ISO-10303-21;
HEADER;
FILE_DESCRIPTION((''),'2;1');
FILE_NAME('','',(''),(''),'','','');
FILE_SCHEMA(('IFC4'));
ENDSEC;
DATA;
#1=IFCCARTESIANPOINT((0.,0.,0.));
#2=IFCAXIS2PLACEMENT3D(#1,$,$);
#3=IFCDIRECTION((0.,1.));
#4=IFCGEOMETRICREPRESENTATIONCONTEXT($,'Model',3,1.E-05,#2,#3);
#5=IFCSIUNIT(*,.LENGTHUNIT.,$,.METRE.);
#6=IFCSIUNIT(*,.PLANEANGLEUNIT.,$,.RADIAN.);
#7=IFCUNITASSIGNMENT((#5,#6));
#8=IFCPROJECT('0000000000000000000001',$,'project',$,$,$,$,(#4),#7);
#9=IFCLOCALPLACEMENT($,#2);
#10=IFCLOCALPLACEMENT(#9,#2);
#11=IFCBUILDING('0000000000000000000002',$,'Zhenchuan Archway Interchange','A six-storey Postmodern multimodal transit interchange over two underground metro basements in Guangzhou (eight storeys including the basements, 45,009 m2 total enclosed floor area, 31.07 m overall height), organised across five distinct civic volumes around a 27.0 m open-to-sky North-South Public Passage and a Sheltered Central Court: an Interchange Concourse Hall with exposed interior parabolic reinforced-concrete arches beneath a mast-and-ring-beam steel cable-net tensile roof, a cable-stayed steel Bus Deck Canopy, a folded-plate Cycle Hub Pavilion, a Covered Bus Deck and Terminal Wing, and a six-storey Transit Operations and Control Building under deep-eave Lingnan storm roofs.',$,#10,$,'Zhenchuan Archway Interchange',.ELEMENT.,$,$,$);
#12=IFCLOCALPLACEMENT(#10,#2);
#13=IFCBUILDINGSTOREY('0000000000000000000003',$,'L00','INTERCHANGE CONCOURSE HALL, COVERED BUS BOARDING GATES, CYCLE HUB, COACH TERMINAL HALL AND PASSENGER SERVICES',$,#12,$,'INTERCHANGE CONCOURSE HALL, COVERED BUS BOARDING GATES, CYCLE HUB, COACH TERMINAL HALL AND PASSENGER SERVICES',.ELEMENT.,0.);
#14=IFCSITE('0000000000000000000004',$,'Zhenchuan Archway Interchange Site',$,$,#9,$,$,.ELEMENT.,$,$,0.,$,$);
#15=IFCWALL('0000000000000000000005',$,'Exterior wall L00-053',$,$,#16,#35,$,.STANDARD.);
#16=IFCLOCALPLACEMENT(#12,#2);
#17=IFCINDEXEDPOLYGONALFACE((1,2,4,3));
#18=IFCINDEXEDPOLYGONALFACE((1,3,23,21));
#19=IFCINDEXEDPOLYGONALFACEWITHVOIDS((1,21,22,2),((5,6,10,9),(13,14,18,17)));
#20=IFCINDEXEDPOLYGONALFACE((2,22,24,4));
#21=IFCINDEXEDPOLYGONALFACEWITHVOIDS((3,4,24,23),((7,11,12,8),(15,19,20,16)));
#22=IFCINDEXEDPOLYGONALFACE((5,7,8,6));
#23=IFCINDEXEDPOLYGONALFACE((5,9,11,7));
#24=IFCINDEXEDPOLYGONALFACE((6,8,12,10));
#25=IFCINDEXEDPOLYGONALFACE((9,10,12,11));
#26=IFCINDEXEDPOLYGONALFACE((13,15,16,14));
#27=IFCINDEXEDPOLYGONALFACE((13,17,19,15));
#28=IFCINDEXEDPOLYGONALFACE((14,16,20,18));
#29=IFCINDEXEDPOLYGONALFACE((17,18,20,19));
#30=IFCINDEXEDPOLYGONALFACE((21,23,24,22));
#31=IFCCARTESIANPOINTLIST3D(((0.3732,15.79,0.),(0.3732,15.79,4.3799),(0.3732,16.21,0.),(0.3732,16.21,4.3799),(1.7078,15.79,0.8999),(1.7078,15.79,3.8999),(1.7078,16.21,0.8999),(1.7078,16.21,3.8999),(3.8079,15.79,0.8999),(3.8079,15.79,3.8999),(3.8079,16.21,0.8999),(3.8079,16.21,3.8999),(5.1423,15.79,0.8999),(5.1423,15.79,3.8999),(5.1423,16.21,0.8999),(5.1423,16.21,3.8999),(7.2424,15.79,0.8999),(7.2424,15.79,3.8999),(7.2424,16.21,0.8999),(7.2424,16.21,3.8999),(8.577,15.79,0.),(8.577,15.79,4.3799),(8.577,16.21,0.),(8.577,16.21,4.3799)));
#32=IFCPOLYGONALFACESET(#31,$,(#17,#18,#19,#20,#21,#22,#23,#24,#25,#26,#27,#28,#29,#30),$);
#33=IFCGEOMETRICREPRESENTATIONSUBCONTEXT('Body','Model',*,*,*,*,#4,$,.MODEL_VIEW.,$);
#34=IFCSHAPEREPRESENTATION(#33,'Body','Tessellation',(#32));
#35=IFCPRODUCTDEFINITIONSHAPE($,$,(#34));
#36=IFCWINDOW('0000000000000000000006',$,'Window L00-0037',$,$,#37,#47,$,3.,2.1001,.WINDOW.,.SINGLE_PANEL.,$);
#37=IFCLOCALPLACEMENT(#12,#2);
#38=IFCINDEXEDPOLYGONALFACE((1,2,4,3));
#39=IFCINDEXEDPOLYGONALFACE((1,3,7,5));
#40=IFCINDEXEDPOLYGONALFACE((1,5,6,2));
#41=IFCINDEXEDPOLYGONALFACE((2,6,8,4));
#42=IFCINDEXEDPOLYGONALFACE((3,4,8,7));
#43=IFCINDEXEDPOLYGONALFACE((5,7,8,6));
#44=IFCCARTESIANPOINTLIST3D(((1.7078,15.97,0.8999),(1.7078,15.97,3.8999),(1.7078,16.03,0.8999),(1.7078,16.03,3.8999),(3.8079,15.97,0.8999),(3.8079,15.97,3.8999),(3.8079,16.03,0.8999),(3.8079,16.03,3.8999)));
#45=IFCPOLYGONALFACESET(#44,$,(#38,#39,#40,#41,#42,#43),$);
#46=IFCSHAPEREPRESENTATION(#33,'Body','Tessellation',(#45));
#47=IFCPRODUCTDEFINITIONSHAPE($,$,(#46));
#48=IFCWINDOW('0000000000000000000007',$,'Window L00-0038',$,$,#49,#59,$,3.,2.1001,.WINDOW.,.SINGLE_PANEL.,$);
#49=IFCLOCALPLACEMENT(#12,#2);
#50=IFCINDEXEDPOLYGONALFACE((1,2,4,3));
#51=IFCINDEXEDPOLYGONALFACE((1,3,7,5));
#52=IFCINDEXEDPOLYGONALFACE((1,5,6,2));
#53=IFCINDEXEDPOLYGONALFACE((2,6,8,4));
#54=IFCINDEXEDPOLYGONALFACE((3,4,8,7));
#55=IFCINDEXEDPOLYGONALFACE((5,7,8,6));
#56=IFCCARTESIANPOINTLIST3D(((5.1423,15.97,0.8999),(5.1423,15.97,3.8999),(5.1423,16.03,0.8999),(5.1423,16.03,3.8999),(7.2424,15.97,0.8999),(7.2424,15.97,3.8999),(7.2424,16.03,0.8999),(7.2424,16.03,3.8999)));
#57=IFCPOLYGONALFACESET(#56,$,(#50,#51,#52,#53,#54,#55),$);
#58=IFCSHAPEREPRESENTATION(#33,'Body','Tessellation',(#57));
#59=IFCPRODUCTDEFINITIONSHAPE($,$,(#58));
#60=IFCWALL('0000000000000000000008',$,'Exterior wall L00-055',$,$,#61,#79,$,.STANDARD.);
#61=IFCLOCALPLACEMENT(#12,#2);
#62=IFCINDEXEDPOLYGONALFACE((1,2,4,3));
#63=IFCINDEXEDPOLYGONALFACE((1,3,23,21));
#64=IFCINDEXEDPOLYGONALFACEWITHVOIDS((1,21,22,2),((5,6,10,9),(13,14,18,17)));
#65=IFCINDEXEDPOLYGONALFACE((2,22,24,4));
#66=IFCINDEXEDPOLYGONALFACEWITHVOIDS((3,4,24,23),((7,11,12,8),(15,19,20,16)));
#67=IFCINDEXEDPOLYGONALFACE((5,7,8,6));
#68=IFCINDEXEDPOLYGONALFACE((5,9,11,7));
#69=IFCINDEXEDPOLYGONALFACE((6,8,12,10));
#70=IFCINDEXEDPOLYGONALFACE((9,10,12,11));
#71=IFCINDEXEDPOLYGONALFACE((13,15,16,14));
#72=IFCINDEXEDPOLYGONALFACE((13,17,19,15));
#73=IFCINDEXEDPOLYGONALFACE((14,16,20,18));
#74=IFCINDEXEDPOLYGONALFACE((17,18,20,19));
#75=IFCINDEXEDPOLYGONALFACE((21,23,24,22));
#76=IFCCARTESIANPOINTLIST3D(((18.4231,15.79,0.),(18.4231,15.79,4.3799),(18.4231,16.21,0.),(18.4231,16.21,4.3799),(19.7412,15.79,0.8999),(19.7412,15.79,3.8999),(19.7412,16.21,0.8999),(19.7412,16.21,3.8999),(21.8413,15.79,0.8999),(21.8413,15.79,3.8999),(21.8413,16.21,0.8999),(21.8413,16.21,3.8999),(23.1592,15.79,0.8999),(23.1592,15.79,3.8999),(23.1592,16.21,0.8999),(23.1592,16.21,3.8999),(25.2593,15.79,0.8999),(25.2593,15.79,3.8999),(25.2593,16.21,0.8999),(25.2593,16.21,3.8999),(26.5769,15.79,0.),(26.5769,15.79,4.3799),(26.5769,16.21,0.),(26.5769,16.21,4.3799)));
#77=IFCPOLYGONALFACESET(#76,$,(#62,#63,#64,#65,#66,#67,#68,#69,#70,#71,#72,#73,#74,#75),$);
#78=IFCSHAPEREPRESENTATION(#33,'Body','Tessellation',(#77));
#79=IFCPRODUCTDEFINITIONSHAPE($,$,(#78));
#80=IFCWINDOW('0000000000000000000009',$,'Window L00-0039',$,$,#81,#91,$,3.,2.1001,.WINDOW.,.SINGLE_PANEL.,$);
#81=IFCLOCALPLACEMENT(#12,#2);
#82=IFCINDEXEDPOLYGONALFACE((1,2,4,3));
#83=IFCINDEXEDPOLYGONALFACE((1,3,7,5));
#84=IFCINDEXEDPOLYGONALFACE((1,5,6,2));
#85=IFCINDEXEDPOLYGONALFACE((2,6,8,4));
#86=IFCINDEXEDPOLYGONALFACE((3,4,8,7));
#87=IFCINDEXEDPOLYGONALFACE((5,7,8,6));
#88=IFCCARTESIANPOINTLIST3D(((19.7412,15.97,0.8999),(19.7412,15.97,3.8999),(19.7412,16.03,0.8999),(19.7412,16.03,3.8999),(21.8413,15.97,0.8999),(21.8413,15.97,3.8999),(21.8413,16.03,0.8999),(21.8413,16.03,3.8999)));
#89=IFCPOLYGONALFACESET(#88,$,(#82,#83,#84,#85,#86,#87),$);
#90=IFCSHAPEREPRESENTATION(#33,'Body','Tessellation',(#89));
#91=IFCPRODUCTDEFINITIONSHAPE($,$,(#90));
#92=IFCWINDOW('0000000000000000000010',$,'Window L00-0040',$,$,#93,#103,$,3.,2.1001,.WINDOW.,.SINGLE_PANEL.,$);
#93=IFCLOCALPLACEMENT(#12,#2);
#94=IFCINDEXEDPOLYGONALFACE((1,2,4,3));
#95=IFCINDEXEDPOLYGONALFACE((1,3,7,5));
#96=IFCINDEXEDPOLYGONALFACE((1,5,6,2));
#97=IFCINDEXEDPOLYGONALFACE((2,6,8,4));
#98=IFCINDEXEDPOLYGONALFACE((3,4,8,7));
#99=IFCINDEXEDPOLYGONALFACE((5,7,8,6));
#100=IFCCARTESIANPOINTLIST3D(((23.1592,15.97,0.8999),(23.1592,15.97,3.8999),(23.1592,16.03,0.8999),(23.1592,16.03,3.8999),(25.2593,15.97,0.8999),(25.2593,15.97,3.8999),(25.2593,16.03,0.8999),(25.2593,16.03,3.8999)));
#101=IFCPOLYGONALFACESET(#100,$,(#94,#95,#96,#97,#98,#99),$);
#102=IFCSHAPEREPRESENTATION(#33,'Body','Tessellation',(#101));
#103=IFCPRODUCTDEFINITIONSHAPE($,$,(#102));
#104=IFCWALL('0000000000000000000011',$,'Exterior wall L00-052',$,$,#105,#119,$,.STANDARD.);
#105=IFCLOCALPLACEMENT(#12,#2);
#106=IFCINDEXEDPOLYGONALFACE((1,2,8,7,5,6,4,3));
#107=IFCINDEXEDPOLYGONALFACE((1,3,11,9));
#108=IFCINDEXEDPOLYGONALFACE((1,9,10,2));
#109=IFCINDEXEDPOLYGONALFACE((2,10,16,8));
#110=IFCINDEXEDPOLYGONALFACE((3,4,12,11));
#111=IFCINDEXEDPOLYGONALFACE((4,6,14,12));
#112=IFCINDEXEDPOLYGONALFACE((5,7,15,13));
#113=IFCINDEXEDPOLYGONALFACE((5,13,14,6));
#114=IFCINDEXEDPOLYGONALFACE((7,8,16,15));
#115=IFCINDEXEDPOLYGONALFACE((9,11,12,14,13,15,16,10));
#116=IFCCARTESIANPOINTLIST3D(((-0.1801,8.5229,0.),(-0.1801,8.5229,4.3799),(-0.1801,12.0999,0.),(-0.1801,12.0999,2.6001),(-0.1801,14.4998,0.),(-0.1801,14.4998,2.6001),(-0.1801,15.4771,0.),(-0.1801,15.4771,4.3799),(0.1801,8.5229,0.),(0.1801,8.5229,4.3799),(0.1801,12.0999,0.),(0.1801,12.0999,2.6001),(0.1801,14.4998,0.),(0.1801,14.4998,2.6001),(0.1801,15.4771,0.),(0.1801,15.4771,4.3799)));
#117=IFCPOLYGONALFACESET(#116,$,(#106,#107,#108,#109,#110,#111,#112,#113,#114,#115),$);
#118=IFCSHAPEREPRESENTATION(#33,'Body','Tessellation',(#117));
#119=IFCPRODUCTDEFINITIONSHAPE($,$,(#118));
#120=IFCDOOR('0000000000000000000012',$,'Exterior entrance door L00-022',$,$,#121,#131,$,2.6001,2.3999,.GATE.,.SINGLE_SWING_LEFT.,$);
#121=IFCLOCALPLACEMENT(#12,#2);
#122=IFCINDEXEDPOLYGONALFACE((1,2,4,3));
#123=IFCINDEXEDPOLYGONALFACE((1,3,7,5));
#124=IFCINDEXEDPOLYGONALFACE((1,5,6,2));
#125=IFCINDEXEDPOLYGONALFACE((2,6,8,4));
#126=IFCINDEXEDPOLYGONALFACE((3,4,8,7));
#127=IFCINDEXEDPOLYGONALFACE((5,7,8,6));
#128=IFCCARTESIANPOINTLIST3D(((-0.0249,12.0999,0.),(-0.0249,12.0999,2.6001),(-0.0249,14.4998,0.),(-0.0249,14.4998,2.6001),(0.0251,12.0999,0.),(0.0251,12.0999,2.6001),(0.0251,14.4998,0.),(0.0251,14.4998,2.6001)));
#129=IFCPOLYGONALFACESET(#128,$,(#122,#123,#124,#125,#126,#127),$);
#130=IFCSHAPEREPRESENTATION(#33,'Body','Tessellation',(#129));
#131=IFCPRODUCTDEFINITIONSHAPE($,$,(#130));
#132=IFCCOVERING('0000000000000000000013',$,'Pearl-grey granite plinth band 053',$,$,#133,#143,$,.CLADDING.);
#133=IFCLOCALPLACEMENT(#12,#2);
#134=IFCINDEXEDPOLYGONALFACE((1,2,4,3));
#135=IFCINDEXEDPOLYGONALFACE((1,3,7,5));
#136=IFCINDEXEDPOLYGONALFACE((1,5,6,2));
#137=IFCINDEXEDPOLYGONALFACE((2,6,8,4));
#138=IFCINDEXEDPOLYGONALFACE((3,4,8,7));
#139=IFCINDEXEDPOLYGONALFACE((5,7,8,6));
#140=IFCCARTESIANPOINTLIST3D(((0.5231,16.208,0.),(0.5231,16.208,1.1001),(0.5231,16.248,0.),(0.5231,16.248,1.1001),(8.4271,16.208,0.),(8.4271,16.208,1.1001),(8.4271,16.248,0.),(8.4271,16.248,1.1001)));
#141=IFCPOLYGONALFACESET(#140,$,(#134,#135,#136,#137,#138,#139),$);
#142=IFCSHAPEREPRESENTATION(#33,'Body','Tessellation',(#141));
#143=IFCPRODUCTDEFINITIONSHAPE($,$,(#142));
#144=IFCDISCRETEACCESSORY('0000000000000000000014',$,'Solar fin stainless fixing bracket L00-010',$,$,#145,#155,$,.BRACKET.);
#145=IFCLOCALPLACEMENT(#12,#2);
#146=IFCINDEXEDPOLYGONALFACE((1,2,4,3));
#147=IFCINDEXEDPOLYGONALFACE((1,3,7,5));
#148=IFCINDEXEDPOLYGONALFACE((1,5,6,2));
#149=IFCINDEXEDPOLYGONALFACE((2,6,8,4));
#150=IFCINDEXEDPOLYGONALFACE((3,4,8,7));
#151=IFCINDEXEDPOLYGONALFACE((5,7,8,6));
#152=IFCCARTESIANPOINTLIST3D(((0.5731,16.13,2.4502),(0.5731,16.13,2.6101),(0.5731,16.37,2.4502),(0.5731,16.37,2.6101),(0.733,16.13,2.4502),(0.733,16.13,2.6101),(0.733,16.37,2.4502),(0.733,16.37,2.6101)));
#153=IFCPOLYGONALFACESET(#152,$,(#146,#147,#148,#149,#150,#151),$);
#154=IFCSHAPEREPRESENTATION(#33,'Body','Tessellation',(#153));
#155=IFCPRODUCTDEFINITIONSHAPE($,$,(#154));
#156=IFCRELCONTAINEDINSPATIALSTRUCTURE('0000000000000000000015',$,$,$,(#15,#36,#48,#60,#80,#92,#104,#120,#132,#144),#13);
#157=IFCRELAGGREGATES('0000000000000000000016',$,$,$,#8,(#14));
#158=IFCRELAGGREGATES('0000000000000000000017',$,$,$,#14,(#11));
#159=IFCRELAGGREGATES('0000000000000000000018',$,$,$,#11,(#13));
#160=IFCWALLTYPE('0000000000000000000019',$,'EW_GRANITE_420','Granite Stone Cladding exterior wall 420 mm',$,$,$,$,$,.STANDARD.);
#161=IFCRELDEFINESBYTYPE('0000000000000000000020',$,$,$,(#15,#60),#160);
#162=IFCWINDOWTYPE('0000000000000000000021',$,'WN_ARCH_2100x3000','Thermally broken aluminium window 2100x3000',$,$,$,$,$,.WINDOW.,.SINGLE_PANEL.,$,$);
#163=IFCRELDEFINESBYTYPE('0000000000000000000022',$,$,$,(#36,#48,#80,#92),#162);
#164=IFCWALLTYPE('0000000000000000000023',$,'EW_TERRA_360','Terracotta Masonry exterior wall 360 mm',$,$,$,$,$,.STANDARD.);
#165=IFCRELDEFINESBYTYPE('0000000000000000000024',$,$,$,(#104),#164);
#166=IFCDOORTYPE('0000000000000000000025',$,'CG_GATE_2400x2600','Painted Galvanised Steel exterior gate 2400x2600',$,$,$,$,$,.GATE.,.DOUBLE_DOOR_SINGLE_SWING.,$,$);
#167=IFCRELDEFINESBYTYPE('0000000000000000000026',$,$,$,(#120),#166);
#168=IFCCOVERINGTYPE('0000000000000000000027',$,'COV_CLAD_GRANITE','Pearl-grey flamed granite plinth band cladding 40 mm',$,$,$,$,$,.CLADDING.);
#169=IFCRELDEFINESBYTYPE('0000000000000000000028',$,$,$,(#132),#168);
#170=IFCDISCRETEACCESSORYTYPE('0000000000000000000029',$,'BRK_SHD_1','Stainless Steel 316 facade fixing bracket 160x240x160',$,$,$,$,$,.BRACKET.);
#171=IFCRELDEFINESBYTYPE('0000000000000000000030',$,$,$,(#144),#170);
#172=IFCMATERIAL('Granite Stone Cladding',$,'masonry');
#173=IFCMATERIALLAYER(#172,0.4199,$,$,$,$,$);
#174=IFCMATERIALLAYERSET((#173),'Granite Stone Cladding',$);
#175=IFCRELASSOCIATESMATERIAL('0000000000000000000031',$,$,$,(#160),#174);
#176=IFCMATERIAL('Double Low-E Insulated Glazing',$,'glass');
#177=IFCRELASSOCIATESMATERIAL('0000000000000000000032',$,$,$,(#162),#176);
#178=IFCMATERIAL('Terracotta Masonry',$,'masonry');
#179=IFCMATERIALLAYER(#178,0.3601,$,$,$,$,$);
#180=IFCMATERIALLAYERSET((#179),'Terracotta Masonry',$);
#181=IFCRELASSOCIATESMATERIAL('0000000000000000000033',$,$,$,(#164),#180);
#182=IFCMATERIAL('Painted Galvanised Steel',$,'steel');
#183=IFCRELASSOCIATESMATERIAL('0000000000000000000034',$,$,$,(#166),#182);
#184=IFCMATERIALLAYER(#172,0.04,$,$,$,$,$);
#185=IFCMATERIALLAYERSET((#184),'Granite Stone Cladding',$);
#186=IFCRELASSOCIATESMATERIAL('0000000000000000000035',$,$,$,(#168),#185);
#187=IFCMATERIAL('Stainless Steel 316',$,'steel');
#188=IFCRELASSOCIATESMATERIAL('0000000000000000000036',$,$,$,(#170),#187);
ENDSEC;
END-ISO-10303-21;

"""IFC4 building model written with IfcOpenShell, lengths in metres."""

from ifc_helpers import new_model, si_unit, direction, frame, frame_2d, origin, origin_2d, place, context, subcontext, project, spatial, rectangle, extrude, material, layer, layer_set, type_object, element, fill, save


model = new_model("IFC4")

# Units and contexts
model_context = context("Model", 3, precision=1e-05, world=origin(), true_north=direction((0.0, 1.0)))
body_context = subcontext(model_context, "Body", "Model", "MODEL_VIEW")
ifc_project = project(units=[si_unit("LENGTHUNIT", "METRE"), si_unit("PLANEANGLEUNIT", "RADIAN")], contexts=[model_context])

# Site, building, storey
site_placement = place(None, origin())
site = spatial("IfcSite", under=ifc_project, at=site_placement, Name="Zhenchuan Archway Interchange Site", CompositionType="ELEMENT", RefElevation=0.0)
building_placement = place(site_placement, origin())
building = spatial("IfcBuilding", under=site, at=building_placement, Name="Zhenchuan Archway Interchange", Description="A six-storey Postmodern multimodal transit interchange over two underground metro basements in Guangzhou (eight storeys including the basements, 45,009 m2 total enclosed floor area, 31.07 m overall height), organised across five distinct civic volumes around a 27.0 m open-to-sky North-South Public Passage and a Sheltered Central Court: an Interchange Concourse Hall with exposed interior parabolic reinforced-concrete arches beneath a mast-and-ring-beam steel cable-net tensile roof, a cable-stayed steel Bus Deck Canopy, a folded-plate Cycle Hub Pavilion, a Covered Bus Deck and Terminal Wing, and a six-storey Transit Operations and Control Building under deep-eave Lingnan storm roofs.", LongName="Zhenchuan Archway Interchange", CompositionType="ELEMENT")
storey_placement = place(building_placement, origin())
storey = spatial("IfcBuildingStorey", under=building, at=storey_placement, Name="L00", Description="INTERCHANGE CONCOURSE HALL, COVERED BUS BOARDING GATES, CYCLE HUB, COACH TERMINAL HALL AND PASSENGER SERVICES", LongName="INTERCHANGE CONCOURSE HALL, COVERED BUS BOARDING GATES, CYCLE HUB, COACH TERMINAL HALL AND PASSENGER SERVICES", CompositionType="ELEMENT", Elevation=0.0)

# Wall, openings, windows
ifc_material_1 = material(Name="Granite Stone Cladding", Category="masonry")
ifc_layer_1 = layer(ifc_material_1, 0.4199)
ifc_layer_set_1 = layer_set([ifc_layer_1], Name="Granite Stone Cladding")
wall_type_1 = type_object("IfcWallType", Name="EW_GRANITE_420", Description="Granite Stone Cladding exterior wall 420 mm", PredefinedType="STANDARD", material=ifc_layer_set_1)
wall_1_placement = place(storey_placement, frame((0.373, 16.0, 0.0), z_axis=(0.0, 0.0, 1.0), x_axis=(1.0, 0.0, 0.0)))
wall_1 = element("IfcWall", 1, at=wall_1_placement, inside=storey, type_object=wall_type_1, Name="Exterior wall L00-053", PredefinedType="STANDARD", context=body_context, shape_type="SweptSolid", body=[
    extrude(rectangle(XDim=8.2039, YDim=0.4199, at=frame_2d((4.1021, 0.0))), origin(), (0.0, 0.0, 1.0), 4.3799),
])
opening_1_placement = place(wall_1_placement, frame((1.3347, 0.0, 0.8999)))
opening_1 = element("IfcOpeningElement", 2, at=opening_1_placement, cuts=wall_1, PredefinedType="OPENING", context=body_context, shape_type="SweptSolid", body=[
    extrude(rectangle(XDim=2.1001, YDim=3.0, at=frame_2d((1.05, 1.5))), frame((0.0, 0.2219, 0.0), z_axis=(0.0, -1.0, 0.0), x_axis=(1.0, 0.0, 0.0)), (0.0, 0.0, 1.0), 0.4438),
])
opening_2_placement = place(wall_1_placement, frame((4.7693, 0.0, 0.8999)))
opening_2 = element("IfcOpeningElement", 3, at=opening_2_placement, cuts=wall_1, PredefinedType="OPENING", context=body_context, shape_type="SweptSolid", body=[
    extrude(rectangle(XDim=2.1001, YDim=3.0, at=frame_2d((1.05, 1.5))), frame((0.0, 0.2219, 0.0), z_axis=(0.0, -1.0, 0.0), x_axis=(1.0, 0.0, 0.0)), (0.0, 0.0, 1.0), 0.4438),
])
ifc_material_2 = material(Name="Double Low-E Insulated Glazing", Category="glass")
window_type = type_object("IfcWindowType", Name="WN_ARCH_2100x3000", Description="Thermally broken aluminium window 2100x3000", PartitioningType="SINGLE_PANEL", PredefinedType="WINDOW", material=ifc_material_2)
window_1_placement = place(opening_1_placement, origin())
window_1 = element("IfcWindow", 4, at=window_1_placement, inside=storey, type_object=window_type, Name="Window L00-0037", OverallHeight=3.0, OverallWidth=2.1001, PartitioningType="SINGLE_PANEL", PredefinedType="WINDOW", context=body_context, shape_type="SweptSolid", body=[
    extrude(rectangle(XDim=2.1001, YDim=3.0, at=frame_2d((1.05, 1.5))), frame((0.0, 0.03, 0.0), z_axis=(0.0, -1.0, 0.0), x_axis=(1.0, 0.0, 0.0)), (0.0, 0.0, 1.0), 0.0601),
])
fill(opening_1, window_1)
window_2_placement = place(opening_2_placement, origin())
window_2 = element("IfcWindow", 5, at=window_2_placement, inside=storey, type_object=window_type, Name="Window L00-0038", OverallHeight=3.0, OverallWidth=2.1001, PartitioningType="SINGLE_PANEL", PredefinedType="WINDOW", context=body_context, shape_type="SweptSolid", body=[
    extrude(rectangle(XDim=2.1001, YDim=3.0, at=frame_2d((1.05, 1.5))), frame((0.0, 0.03, 0.0), z_axis=(0.0, -1.0, 0.0), x_axis=(1.0, 0.0, 0.0)), (0.0, 0.0, 1.0), 0.0601),
])
fill(opening_2, window_2)

# Wall, openings, windows
wall_2_placement = place(storey_placement, frame((18.4231, 16.0, 0.0), z_axis=(0.0, 0.0, 1.0), x_axis=(1.0, 0.0, 0.0)))
wall_2 = element("IfcWall", 6, at=wall_2_placement, inside=storey, type_object=wall_type_1, Name="Exterior wall L00-055", PredefinedType="STANDARD", context=body_context, shape_type="SweptSolid", body=[
    extrude(rectangle(XDim=8.1538, YDim=0.4199, at=frame_2d((4.0769, 0.0))), origin(), (0.0, 0.0, 1.0), 4.3799),
])
opening_3_placement = place(wall_2_placement, frame((1.3181, 0.0, 0.8999)))
opening_3 = element("IfcOpeningElement", 7, at=opening_3_placement, cuts=wall_2, PredefinedType="OPENING", context=body_context, shape_type="SweptSolid", body=[
    extrude(rectangle(XDim=2.1001, YDim=3.0, at=frame_2d((1.05, 1.5))), frame((0.0, 0.2219, 0.0), z_axis=(0.0, -1.0, 0.0), x_axis=(1.0, 0.0, 0.0)), (0.0, 0.0, 1.0), 0.4438),
])
opening_4_placement = place(wall_2_placement, frame((4.7361, 0.0, 0.8999)))
opening_4 = element("IfcOpeningElement", 8, at=opening_4_placement, cuts=wall_2, PredefinedType="OPENING", context=body_context, shape_type="SweptSolid", body=[
    extrude(rectangle(XDim=2.1001, YDim=3.0, at=frame_2d((1.05, 1.5))), frame((0.0, 0.2219, 0.0), z_axis=(0.0, -1.0, 0.0), x_axis=(1.0, 0.0, 0.0)), (0.0, 0.0, 1.0), 0.4438),
])
window_3_placement = place(opening_3_placement, origin())
window_3 = element("IfcWindow", 9, at=window_3_placement, inside=storey, type_object=window_type, Name="Window L00-0039", OverallHeight=3.0, OverallWidth=2.1001, PartitioningType="SINGLE_PANEL", PredefinedType="WINDOW", context=body_context, shape_type="SweptSolid", body=[
    extrude(rectangle(XDim=2.1001, YDim=3.0, at=frame_2d((1.05, 1.5))), frame((0.0, 0.03, 0.0), z_axis=(0.0, -1.0, 0.0), x_axis=(1.0, 0.0, 0.0)), (0.0, 0.0, 1.0), 0.0601),
])
fill(opening_3, window_3)
window_4_placement = place(opening_4_placement, origin())
window_4 = element("IfcWindow", 10, at=window_4_placement, inside=storey, type_object=window_type, Name="Window L00-0040", OverallHeight=3.0, OverallWidth=2.1001, PartitioningType="SINGLE_PANEL", PredefinedType="WINDOW", context=body_context, shape_type="SweptSolid", body=[
    extrude(rectangle(XDim=2.1001, YDim=3.0, at=frame_2d((1.05, 1.5))), frame((0.0, 0.03, 0.0), z_axis=(0.0, -1.0, 0.0), x_axis=(1.0, 0.0, 0.0)), (0.0, 0.0, 1.0), 0.0601),
])
fill(opening_4, window_4)

# Wall, opening, door
ifc_material_3 = material(Name="Terracotta Masonry", Category="masonry")
ifc_layer_2 = layer(ifc_material_3, 0.3601)
ifc_layer_set_2 = layer_set([ifc_layer_2], Name="Terracotta Masonry")
wall_type_2 = type_object("IfcWallType", Name="EW_TERRA_360", Description="Terracotta Masonry exterior wall 360 mm", PredefinedType="STANDARD", material=ifc_layer_set_2)
wall_3_placement = place(storey_placement, frame((0.0, 8.5229, 0.0), z_axis=(0.0, 0.0, 1.0), x_axis=(0.0, 1.0, 0.0)))
wall_3 = element("IfcWall", 11, at=wall_3_placement, inside=storey, type_object=wall_type_2, Name="Exterior wall L00-052", PredefinedType="STANDARD", context=body_context, shape_type="SweptSolid", body=[
    extrude(rectangle(XDim=6.9541, YDim=0.3601, at=frame_2d((3.4771, 0.0))), origin(), (0.0, 0.0, 1.0), 4.3799),
])
opening_5_placement = place(wall_3_placement, frame((3.5769, 0.0, 0.0)))
opening_5 = element("IfcOpeningElement", 12, at=opening_5_placement, cuts=wall_3, PredefinedType="OPENING", context=body_context, shape_type="SweptSolid", body=[
    extrude(rectangle(XDim=2.3999, YDim=2.6001, at=frame_2d((1.2, 1.3))), frame((0.0, 0.1919, 0.0), z_axis=(0.0, -1.0, 0.0), x_axis=(1.0, 0.0, 0.0)), (0.0, 0.0, 1.0), 0.384),
])
ifc_material_4 = material(Name="Painted Galvanised Steel", Category="steel")
door_type_1 = type_object("IfcDoorType", Name="CG_GATE_2400x2600", Description="Painted Galvanised Steel exterior gate 2400x2600", OperationType="DOUBLE_DOOR_SINGLE_SWING", PredefinedType="GATE", material=ifc_material_4)
door_1_placement = place(opening_5_placement, origin())
door_1 = element("IfcDoor", 13, at=door_1_placement, inside=storey, type_object=door_type_1, Name="Exterior entrance door L00-022", OperationType="SINGLE_SWING_LEFT", OverallHeight=2.6001, OverallWidth=2.3999, PredefinedType="GATE", context=body_context, shape_type="SweptSolid", body=[
    extrude(rectangle(XDim=2.3999, YDim=2.6001, at=frame_2d((1.2, 1.3))), frame((0.0, 0.0249, 0.0), z_axis=(0.0, -1.0, 0.0), x_axis=(1.0, 0.0, 0.0)), (0.0, 0.0, 1.0), 0.05),
])
fill(opening_5, door_1)

# Covering
ifc_layer_3 = layer(ifc_material_1, 0.04)
ifc_layer_set_3 = layer_set([ifc_layer_3], Name="Granite Stone Cladding")
covering_type = type_object("IfcCoveringType", Name="COV_CLAD_GRANITE", Description="Pearl-grey flamed granite plinth band cladding 40 mm", PredefinedType="CLADDING", material=ifc_layer_set_3)
covering_placement = place(storey_placement, frame((4.4751, 16.228, 0.0), z_axis=(0.0, 0.0, 1.0), x_axis=(1.0, 0.0, 0.0)))
element("IfcCovering", 14, at=covering_placement, inside=storey, type_object=covering_type, Name="Pearl-grey granite plinth band 053", PredefinedType="CLADDING", context=body_context, shape_type="SweptSolid", body=[
    extrude(rectangle(XDim=7.9041, YDim=0.04, at=origin_2d()), origin(), (0.0, 0.0, 1.0), 1.1001),
])

# Discrete accessory
ifc_material_5 = material(Name="Stainless Steel 316", Category="steel")
discrete_accessory_type = type_object("IfcDiscreteAccessoryType", Name="BRK_SHD_1", Description="Stainless Steel 316 facade fixing bracket 160x240x160", PredefinedType="BRACKET", material=ifc_material_5)
discrete_accessory_placement = place(storey_placement, frame((0.6531, 16.25, 2.4502), z_axis=(0.0, 0.0, 1.0), x_axis=(1.0, 0.0, 0.0)))
element("IfcDiscreteAccessory", 15, at=discrete_accessory_placement, inside=storey, type_object=discrete_accessory_type, Name="Solar fin stainless fixing bracket L00-010", PredefinedType="BRACKET", context=body_context, shape_type="SweptSolid", body=[
    extrude(rectangle(XDim=0.1599, YDim=0.24, at=origin_2d()), origin(), (0.0, 0.0, 1.0), 0.1599),
])

save(model, "model.ifc")
